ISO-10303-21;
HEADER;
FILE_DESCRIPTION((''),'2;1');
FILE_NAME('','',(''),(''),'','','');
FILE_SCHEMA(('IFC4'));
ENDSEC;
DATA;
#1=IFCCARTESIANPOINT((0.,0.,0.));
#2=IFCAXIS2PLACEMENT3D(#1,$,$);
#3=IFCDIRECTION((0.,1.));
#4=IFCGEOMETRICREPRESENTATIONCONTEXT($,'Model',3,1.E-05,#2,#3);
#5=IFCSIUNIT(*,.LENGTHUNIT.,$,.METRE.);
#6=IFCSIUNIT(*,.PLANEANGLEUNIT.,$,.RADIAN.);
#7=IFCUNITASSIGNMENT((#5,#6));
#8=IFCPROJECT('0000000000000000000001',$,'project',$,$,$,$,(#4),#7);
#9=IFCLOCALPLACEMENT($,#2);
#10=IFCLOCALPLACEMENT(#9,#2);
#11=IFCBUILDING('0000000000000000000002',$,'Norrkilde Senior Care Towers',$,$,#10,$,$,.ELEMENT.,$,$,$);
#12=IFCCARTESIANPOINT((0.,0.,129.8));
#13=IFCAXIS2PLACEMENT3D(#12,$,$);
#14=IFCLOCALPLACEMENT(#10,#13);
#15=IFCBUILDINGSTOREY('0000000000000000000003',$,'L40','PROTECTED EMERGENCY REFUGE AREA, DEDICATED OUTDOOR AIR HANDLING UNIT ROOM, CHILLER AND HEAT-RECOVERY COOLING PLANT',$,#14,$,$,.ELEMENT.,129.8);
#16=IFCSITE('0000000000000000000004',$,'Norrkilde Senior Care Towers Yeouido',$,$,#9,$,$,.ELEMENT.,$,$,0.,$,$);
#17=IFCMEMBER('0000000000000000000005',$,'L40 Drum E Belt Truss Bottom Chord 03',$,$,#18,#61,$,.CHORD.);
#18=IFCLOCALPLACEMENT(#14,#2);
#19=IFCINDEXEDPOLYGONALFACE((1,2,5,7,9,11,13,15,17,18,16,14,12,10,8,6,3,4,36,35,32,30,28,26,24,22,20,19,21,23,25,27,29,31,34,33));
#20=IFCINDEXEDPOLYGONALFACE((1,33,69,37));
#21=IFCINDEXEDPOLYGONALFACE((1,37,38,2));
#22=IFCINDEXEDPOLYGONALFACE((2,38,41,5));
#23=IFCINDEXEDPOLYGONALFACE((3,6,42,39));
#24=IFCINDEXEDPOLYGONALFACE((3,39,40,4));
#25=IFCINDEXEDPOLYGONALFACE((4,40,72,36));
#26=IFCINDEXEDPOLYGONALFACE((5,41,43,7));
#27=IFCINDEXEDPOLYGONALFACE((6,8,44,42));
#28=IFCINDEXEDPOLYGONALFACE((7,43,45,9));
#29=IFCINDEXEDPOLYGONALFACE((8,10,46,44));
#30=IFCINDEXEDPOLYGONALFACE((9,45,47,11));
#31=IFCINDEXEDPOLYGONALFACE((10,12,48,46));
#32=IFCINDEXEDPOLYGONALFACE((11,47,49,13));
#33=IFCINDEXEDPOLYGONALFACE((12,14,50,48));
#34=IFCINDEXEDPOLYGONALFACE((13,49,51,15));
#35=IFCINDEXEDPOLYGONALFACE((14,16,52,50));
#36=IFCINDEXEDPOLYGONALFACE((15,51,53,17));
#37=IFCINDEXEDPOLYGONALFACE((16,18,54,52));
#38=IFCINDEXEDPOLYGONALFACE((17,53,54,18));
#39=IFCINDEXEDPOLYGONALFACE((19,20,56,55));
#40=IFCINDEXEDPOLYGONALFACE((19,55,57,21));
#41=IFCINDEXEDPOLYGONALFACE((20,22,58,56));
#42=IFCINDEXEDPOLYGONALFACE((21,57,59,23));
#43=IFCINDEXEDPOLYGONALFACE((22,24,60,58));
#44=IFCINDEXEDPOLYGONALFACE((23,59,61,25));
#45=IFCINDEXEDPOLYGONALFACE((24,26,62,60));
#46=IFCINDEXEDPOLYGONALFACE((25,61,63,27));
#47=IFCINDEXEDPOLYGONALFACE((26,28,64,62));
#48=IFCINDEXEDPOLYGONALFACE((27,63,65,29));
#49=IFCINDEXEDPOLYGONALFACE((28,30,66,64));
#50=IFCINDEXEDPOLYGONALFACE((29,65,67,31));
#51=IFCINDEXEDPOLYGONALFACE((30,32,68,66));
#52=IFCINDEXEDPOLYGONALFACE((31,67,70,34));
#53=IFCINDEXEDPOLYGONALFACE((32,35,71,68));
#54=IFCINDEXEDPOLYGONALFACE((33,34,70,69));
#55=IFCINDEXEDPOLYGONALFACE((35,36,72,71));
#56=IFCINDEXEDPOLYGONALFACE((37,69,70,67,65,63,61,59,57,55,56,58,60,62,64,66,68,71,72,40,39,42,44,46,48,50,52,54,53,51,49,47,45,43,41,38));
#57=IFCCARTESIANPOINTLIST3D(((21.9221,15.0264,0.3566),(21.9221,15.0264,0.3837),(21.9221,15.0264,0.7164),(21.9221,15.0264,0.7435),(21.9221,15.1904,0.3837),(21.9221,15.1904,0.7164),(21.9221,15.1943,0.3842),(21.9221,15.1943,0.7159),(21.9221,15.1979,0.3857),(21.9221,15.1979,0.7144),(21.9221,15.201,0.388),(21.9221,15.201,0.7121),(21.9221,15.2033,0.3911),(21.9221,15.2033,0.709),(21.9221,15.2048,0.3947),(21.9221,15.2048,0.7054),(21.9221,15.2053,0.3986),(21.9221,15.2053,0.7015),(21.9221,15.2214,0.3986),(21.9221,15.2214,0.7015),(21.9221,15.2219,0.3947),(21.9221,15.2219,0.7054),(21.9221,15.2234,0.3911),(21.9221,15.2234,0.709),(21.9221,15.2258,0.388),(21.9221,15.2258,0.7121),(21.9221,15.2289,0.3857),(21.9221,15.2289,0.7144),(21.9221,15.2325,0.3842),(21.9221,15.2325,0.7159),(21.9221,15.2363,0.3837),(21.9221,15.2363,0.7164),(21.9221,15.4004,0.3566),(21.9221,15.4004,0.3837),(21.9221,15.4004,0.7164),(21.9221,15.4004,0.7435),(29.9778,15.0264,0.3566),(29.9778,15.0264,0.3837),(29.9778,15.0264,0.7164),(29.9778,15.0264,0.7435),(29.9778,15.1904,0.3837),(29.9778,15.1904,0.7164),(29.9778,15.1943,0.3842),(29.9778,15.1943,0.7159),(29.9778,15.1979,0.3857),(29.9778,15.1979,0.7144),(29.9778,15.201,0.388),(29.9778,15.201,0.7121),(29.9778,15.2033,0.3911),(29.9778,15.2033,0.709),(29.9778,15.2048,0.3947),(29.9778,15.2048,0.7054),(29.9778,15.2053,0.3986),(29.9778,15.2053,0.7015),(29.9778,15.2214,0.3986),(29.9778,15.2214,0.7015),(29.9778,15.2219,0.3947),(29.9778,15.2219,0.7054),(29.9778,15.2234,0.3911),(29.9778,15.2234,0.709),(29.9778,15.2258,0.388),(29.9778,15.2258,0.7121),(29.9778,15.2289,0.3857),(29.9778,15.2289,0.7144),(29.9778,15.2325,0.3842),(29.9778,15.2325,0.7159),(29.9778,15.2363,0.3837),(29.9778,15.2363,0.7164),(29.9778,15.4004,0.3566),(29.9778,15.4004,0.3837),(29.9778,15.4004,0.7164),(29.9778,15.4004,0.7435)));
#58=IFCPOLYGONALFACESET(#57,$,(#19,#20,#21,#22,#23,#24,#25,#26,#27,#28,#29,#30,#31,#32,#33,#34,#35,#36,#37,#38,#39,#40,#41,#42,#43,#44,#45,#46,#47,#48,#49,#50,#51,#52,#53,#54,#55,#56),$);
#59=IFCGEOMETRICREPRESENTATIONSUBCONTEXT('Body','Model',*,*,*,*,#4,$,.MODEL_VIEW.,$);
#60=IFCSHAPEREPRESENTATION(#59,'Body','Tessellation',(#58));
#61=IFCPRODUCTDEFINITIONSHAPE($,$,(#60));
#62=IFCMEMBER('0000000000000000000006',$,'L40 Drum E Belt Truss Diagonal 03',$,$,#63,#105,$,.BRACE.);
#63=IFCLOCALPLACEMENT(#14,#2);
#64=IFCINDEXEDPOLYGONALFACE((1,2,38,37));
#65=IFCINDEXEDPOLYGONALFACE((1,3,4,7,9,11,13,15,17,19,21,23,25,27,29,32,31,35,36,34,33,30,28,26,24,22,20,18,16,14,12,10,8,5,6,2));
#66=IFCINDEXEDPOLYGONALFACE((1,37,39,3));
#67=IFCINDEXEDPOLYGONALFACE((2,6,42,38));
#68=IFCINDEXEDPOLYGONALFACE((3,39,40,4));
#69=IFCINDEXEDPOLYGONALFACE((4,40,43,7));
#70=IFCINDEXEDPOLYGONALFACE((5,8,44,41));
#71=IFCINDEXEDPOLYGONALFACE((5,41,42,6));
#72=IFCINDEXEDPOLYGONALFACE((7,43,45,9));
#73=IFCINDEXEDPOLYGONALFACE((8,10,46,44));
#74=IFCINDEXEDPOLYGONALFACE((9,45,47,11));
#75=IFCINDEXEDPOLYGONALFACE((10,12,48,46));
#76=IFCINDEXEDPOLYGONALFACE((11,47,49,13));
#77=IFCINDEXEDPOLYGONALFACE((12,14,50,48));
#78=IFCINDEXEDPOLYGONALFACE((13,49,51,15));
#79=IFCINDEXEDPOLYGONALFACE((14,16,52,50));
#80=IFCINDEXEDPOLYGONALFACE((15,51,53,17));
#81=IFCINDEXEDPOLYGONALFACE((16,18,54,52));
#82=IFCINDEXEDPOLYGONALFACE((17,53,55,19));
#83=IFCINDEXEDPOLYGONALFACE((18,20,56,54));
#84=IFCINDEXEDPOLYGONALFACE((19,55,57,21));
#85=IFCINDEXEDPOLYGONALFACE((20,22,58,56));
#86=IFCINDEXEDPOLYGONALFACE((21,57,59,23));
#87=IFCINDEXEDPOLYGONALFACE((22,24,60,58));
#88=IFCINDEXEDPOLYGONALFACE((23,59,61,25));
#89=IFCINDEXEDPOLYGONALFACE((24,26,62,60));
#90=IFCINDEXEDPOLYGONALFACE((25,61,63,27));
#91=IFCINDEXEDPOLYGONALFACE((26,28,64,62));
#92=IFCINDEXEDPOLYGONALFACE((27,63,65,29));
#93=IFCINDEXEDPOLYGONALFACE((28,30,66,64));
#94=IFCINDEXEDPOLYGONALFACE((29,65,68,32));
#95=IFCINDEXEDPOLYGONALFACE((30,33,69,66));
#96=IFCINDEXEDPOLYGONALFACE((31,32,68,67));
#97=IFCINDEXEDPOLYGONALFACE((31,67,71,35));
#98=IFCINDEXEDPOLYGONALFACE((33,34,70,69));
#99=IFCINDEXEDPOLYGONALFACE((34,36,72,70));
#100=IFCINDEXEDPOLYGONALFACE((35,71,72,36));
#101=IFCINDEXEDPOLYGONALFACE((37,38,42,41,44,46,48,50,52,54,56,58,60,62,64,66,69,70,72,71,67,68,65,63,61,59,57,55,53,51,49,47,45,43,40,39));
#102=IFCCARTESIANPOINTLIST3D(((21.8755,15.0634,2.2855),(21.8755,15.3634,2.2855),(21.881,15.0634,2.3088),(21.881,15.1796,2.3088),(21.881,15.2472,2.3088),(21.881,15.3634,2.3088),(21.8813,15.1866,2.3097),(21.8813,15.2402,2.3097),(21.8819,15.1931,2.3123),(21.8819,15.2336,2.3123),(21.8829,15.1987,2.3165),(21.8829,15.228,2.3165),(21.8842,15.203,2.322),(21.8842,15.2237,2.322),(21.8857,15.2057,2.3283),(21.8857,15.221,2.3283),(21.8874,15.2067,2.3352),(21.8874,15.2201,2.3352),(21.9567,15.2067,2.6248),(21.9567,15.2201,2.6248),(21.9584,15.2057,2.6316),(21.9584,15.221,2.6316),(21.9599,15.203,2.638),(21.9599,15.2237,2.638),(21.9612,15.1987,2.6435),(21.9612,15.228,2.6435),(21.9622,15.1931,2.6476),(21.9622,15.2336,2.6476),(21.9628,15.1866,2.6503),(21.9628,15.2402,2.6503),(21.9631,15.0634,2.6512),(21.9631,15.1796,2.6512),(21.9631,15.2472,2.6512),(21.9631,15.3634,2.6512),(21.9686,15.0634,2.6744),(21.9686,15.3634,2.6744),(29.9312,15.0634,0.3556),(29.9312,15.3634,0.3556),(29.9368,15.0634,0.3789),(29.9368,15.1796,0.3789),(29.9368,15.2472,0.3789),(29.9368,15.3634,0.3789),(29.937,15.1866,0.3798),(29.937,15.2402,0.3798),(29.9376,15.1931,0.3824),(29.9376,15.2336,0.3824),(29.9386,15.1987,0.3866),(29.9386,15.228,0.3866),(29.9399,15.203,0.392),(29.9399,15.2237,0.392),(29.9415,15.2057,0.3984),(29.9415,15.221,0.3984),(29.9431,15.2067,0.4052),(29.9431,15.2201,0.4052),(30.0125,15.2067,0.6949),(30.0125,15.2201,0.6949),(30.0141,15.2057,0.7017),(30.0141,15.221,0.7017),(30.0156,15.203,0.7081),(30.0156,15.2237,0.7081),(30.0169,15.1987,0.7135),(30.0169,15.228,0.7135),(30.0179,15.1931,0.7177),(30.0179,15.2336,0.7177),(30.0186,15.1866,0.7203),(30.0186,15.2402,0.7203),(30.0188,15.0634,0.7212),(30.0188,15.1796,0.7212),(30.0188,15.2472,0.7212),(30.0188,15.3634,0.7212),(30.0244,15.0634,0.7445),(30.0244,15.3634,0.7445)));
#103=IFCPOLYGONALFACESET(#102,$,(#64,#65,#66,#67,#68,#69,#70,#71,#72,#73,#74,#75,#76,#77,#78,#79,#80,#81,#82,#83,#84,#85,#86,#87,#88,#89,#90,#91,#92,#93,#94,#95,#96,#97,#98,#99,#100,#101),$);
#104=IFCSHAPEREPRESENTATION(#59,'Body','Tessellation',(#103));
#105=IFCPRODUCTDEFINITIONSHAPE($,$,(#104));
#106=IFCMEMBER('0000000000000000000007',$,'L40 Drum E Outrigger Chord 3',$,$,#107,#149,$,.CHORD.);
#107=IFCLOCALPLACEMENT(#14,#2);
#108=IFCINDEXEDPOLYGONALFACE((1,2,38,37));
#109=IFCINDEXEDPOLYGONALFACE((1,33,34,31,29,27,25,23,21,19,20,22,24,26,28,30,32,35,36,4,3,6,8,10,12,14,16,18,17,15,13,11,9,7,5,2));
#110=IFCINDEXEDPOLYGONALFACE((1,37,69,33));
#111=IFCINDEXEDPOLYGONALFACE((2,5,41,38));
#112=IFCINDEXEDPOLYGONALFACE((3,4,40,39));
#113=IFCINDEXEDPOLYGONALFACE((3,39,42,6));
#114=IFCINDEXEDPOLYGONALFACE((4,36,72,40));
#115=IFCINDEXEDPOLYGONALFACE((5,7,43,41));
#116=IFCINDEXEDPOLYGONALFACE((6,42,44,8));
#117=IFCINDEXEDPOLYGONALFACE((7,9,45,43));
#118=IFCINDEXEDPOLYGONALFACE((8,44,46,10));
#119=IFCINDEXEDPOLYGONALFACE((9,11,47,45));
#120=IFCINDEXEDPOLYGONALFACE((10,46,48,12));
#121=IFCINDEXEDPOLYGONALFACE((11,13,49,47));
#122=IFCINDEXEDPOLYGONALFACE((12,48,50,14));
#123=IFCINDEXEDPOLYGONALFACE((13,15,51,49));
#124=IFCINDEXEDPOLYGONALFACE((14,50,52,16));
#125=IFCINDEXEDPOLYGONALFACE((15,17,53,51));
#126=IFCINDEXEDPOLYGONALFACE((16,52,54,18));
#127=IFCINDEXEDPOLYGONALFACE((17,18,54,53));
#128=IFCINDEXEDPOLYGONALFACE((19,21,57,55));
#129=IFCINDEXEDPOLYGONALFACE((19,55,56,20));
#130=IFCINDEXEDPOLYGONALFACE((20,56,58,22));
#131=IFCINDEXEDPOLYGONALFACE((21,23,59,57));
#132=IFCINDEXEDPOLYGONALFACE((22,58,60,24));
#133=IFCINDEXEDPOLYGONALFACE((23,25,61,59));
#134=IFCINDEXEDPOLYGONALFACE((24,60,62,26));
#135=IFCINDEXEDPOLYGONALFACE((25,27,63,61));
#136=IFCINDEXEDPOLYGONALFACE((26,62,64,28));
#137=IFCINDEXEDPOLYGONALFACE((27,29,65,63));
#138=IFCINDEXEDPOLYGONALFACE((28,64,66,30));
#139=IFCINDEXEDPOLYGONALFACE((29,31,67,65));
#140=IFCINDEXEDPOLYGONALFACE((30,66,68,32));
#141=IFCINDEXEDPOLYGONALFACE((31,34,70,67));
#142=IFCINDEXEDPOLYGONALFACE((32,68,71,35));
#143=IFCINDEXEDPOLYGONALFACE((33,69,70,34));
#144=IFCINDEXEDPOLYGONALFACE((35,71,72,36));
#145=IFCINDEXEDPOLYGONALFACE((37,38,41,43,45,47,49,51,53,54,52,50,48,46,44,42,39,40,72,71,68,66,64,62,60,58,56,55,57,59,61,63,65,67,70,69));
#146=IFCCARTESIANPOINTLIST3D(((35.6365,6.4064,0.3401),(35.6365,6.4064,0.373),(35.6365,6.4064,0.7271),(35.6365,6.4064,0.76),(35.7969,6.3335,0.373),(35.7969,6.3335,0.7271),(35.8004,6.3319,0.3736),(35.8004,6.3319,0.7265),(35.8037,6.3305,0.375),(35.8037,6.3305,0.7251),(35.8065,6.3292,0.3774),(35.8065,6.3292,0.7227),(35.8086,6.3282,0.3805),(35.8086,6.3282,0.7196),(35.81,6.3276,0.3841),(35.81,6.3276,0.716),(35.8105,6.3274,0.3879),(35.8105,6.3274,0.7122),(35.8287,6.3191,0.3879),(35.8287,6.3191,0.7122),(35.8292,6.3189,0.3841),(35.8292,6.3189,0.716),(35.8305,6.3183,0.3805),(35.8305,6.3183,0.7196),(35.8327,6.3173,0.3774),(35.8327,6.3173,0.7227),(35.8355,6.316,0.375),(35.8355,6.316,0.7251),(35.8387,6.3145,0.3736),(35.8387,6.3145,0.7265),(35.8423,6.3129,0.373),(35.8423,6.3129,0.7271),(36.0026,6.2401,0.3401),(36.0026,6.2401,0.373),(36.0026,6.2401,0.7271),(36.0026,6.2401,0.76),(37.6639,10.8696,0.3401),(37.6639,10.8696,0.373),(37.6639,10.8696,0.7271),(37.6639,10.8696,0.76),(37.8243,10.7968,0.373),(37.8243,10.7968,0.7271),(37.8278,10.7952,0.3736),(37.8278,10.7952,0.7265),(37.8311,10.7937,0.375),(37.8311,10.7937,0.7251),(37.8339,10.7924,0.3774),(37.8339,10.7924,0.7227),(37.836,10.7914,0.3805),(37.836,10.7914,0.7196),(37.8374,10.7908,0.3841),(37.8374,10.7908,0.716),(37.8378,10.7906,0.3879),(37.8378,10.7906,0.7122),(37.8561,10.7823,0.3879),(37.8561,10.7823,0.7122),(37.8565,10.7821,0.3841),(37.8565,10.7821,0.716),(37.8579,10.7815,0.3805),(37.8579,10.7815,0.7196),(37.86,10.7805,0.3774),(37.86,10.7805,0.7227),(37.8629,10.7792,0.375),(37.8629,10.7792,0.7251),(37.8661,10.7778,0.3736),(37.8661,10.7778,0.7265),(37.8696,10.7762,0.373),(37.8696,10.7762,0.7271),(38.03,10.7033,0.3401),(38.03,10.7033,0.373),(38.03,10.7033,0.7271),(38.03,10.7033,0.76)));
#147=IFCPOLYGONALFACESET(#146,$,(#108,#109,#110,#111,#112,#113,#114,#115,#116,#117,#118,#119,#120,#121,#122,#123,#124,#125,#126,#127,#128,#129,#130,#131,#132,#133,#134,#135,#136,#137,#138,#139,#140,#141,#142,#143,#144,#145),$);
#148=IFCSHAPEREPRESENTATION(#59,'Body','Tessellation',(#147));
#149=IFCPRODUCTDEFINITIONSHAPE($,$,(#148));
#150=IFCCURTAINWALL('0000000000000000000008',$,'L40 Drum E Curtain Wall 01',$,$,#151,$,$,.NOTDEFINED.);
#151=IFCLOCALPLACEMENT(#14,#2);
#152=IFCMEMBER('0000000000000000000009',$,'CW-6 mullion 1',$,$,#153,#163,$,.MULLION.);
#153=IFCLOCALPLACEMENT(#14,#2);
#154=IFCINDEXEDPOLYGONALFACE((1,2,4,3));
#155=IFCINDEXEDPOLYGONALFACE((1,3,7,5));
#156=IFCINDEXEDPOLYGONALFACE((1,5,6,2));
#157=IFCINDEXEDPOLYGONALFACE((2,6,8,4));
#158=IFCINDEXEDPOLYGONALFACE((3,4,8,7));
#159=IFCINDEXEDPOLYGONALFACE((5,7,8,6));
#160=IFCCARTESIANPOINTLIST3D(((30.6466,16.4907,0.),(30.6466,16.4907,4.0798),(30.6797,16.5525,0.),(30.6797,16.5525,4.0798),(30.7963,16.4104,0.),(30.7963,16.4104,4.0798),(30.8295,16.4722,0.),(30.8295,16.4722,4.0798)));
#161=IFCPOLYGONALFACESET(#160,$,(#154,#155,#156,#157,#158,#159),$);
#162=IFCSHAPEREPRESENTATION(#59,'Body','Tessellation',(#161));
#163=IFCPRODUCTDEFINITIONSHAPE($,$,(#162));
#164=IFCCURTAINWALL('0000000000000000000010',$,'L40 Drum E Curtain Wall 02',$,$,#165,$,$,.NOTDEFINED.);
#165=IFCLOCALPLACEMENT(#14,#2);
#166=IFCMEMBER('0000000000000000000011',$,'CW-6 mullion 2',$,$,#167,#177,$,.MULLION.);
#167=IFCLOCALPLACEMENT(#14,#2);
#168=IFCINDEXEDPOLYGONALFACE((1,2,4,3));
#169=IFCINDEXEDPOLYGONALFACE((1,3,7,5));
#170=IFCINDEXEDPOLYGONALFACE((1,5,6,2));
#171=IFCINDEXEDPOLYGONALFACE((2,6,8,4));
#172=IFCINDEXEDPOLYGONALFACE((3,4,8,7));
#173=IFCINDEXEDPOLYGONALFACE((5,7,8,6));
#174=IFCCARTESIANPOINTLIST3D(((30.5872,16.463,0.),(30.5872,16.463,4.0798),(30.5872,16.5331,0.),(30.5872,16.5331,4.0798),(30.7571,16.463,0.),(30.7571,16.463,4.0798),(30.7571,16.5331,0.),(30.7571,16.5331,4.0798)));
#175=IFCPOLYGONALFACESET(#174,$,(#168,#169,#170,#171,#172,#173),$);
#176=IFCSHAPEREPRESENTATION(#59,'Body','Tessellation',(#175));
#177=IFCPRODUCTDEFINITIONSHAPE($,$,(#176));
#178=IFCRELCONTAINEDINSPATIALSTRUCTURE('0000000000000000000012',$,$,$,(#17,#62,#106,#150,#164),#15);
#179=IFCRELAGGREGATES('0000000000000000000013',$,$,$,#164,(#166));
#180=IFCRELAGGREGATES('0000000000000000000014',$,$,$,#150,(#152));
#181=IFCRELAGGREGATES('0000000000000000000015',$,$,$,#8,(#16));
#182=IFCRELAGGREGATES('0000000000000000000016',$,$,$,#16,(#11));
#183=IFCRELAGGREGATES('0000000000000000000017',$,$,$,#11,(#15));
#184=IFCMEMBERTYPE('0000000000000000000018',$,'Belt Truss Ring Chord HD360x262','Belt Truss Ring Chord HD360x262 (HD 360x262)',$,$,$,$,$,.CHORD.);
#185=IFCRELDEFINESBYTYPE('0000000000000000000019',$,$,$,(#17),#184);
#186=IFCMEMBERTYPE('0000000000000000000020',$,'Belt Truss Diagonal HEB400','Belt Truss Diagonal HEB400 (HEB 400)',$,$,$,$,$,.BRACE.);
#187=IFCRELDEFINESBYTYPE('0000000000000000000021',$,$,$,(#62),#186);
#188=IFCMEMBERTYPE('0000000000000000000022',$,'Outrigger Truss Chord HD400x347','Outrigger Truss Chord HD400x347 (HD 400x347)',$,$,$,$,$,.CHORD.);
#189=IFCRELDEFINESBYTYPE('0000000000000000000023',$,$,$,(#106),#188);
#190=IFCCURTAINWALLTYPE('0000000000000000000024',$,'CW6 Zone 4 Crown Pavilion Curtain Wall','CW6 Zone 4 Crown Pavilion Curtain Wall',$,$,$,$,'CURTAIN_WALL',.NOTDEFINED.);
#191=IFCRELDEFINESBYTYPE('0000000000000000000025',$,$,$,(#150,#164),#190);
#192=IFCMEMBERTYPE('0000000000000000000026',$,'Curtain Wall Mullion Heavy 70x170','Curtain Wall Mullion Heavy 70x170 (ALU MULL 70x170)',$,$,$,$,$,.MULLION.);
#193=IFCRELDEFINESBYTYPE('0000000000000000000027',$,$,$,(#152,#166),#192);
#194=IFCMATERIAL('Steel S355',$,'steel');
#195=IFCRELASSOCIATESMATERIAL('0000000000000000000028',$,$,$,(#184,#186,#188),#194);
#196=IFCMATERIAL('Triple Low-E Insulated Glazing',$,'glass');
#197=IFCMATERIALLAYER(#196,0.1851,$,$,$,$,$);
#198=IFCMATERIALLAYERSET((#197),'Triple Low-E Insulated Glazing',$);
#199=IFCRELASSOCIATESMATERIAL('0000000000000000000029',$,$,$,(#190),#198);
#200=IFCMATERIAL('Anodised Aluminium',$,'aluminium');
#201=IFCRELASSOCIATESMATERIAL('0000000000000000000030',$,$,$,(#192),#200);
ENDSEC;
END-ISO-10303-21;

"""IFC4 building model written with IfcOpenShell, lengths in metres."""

from ifc_helpers import new_model, si_unit, direction, frame, origin, origin_2d, place, context, subcontext, project, spatial, rectangle, i_section, extrude, source, transform, mapped, material, layer, layer_set, material_profile, profile_set, type_object, type_shapes, element, aggregate, save


model = new_model("IFC4")

# Units and contexts
model_context = context("Model", 3, precision=1e-05, world=origin(), true_north=direction((0.0, 1.0)))
body_context = subcontext(model_context, "Body", "Model", "MODEL_VIEW")
ifc_project = project(units=[si_unit("LENGTHUNIT", "METRE"), si_unit("PLANEANGLEUNIT", "RADIAN")], contexts=[model_context])

# Site, building, storey
site_placement = place(None, origin())
site = spatial("IfcSite", under=ifc_project, at=site_placement, Name="Norrkilde Senior Care Towers Yeouido", CompositionType="ELEMENT", RefElevation=0.0)
building_placement = place(site_placement, origin())
building = spatial("IfcBuilding", under=site, at=building_placement, Name="Norrkilde Senior Care Towers", CompositionType="ELEMENT")
storey_placement = place(building_placement, frame((0.0, 0.0, 129.8)))
storey = spatial("IfcBuildingStorey", under=building, at=storey_placement, Name="L40", Description="PROTECTED EMERGENCY REFUGE AREA, DEDICATED OUTDOOR AIR HANDLING UNIT ROOM, CHILLER AND HEAT-RECOVERY COOLING PLANT", CompositionType="ELEMENT", Elevation=129.8)

# Shared definitions
ifc_material_1 = material(Name="Steel S355", Category="steel")

# Members
ifc_material_profile_1 = material_profile(ifc_material_1, i_section(OverallWidth=0.374, OverallDepth=0.387, WebThickness=0.0161, FlangeThickness=0.0271, FilletRadius=0.0149, at=origin_2d()), Name="HD 360x262")
ifc_profile_set_1 = profile_set([ifc_material_profile_1], Name="Steel S355")
member_type_1 = type_object("IfcMemberType", Name="Belt Truss Ring Chord HD360x262", Description="Belt Truss Ring Chord HD360x262 (HD 360x262)", PredefinedType="CHORD", material=ifc_profile_set_1)
shared_shape_1 = source(origin(), body_context, "Body", "SweptSolid", [
    extrude(i_section(OverallWidth=0.374, OverallDepth=0.387, WebThickness=0.0161, FlangeThickness=0.0271, FilletRadius=0.0149, at=origin_2d()), origin(), (0.0, 0.0, 1.0), 8.0557),
])
type_shapes(member_type_1, [shared_shape_1])
member_1_placement = place(storey_placement, frame((29.9778, 15.2134, 0.55), z_axis=(-1.0, 0.0, 0.0), x_axis=(0.0, -1.0, 0.0)))
element("IfcMember", 1, at=member_1_placement, inside=storey, type_object=member_type_1, Name="L40 Drum E Belt Truss Bottom Chord 03", PredefinedType="CHORD", context=body_context, shape_type="MappedRepresentation", body=[
    mapped(shared_shape_1, transform((0.0, 0.0, 0.0), x_axis=(1.0, 0.0, 0.0), y_axis=(0.0, 1.0, 0.0), z_axis=(0.0, 0.0, 1.0), scale=1.0)),
])
ifc_material_profile_2 = material_profile(ifc_material_1, i_section(OverallWidth=0.3, OverallDepth=0.3999, WebThickness=0.0134, FlangeThickness=0.0239, FilletRadius=0.0271, at=origin_2d()), Name="HEB 400")
ifc_profile_set_2 = profile_set([ifc_material_profile_2], Name="Steel S355")
member_type_2 = type_object("IfcMemberType", Name="Belt Truss Diagonal HEB400", Description="Belt Truss Diagonal HEB400 (HEB 400)", PredefinedType="BRACE", material=ifc_profile_set_2)
shared_shape_2 = source(origin(), body_context, "Body", "SweptSolid", [
    extrude(i_section(OverallWidth=0.3, OverallDepth=0.3999, WebThickness=0.0134, FlangeThickness=0.0239, FilletRadius=0.0271, at=origin_2d()), origin(), (0.0, 0.0, 1.0), 8.2837),
])
type_shapes(member_type_2, [shared_shape_2])
member_2_placement = place(storey_placement, frame((29.9778, 15.2134, 0.55), z_axis=(-0.972481, 0.0, 0.232982), x_axis=(0.0, -1.0, 0.0)))
element("IfcMember", 2, at=member_2_placement, inside=storey, type_object=member_type_2, Name="L40 Drum E Belt Truss Diagonal 03", PredefinedType="BRACE", context=body_context, shape_type="MappedRepresentation", body=[
    mapped(shared_shape_2, transform((0.0, 0.0, 0.0), x_axis=(1.0, 0.0, 0.0), y_axis=(0.0, 1.0, 0.0), z_axis=(0.0, 0.0, 1.0), scale=1.0)),
])
ifc_material_profile_3 = material_profile(ifc_material_1, i_section(OverallWidth=0.4021, OverallDepth=0.4199, WebThickness=0.02, FlangeThickness=0.033, FilletRadius=0.0149, at=origin_2d()), Name="HD 400x347")
ifc_profile_set_3 = profile_set([ifc_material_profile_3], Name="Steel S355")
member_type_3 = type_object("IfcMemberType", Name="Outrigger Truss Chord HD400x347", Description="Outrigger Truss Chord HD400x347 (HD 400x347)", PredefinedType="CHORD", material=ifc_profile_set_3)
shared_shape_3 = source(origin(), body_context, "Body", "SweptSolid", [
    extrude(i_section(OverallWidth=0.4021, OverallDepth=0.4199, WebThickness=0.02, FlangeThickness=0.033, FilletRadius=0.0149, at=origin_2d()), origin(), (0.0, 0.0, 1.0), 4.9021),
])
type_shapes(member_type_3, [shared_shape_3])
member_3_placement = place(storey_placement, frame((35.8196, 6.3232, 0.55), z_axis=(0.413574, 0.91047, 0.0), x_axis=(-0.91047, 0.413574, 0.0)))
element("IfcMember", 3, at=member_3_placement, inside=storey, type_object=member_type_3, Name="L40 Drum E Outrigger Chord 3", PredefinedType="CHORD", context=body_context, shape_type="MappedRepresentation", body=[
    mapped(shared_shape_3, transform((0.0, 0.0, 0.0), x_axis=(1.0, 0.0, 0.0), y_axis=(0.0, 1.0, 0.0), z_axis=(0.0, 0.0, 1.0), scale=1.0)),
])

# Curtain walls, members
ifc_material_2 = material(Name="Triple Low-E Insulated Glazing", Category="glass")
ifc_layer_1 = layer(ifc_material_2, 0.1851)
ifc_layer_set_1 = layer_set([ifc_layer_1], Name="Triple Low-E Insulated Glazing")
curtain_wall_type = type_object("IfcCurtainWallType", Name="CW6 Zone 4 Crown Pavilion Curtain Wall", Description="CW6 Zone 4 Crown Pavilion Curtain Wall", ElementType="CURTAIN_WALL", PredefinedType="NOTDEFINED", material=ifc_layer_set_1)
curtain_wall_1_placement = place(storey_placement, origin())
curtain_wall_1 = element("IfcCurtainWall", 4, at=curtain_wall_1_placement, inside=storey, type_object=curtain_wall_type, Name="L40 Drum E Curtain Wall 01", PredefinedType="NOTDEFINED")
ifc_material_3 = material(Name="Anodised Aluminium", Category="aluminium")
ifc_material_profile_4 = material_profile(ifc_material_3, rectangle(XDim=0.0701, YDim=0.1699, at=origin_2d()), Name="ALU MULL 70x170")
ifc_profile_set_4 = profile_set([ifc_material_profile_4], Name="Anodised Aluminium")
member_type_4 = type_object("IfcMemberType", Name="Curtain Wall Mullion Heavy 70x170", Description="Curtain Wall Mullion Heavy 70x170 (ALU MULL 70x170)", PredefinedType="MULLION", material=ifc_profile_set_4)
shared_shape_4 = source(origin(), body_context, "Body", "SweptSolid", [
    extrude(rectangle(XDim=0.0701, YDim=0.1699, at=origin_2d()), origin(), (0.0, 0.0, 1.0), 4.0798),
])
type_shapes(member_type_4, [shared_shape_4])
member_4_placement = place(storey_placement, frame((30.738, 16.4814, 0.0), z_axis=(0.0, 0.0, 1.0), x_axis=(0.472769, 0.881186, 0.0)))
member_4 = element("IfcMember", 5, at=member_4_placement, type_object=member_type_4, Name="CW-6 mullion 1", PredefinedType="MULLION", context=body_context, shape_type="MappedRepresentation", body=[
    mapped(shared_shape_4, transform((0.0, 0.0, 0.0), x_axis=(1.0, 0.0, 0.0), y_axis=(0.0, 1.0, 0.0), z_axis=(0.0, 0.0, 1.0), scale=1.0)),
])
curtain_wall_2_placement = place(storey_placement, origin())
curtain_wall_2 = element("IfcCurtainWall", 6, at=curtain_wall_2_placement, inside=storey, type_object=curtain_wall_type, Name="L40 Drum E Curtain Wall 02", PredefinedType="NOTDEFINED")
member_5_placement = place(storey_placement, frame((30.6721, 16.498, 0.0), z_axis=(0.0, 0.0, 1.0), x_axis=(0.0, 1.0, 0.0)))
member_5 = element("IfcMember", 7, at=member_5_placement, type_object=member_type_4, Name="CW-6 mullion 2", PredefinedType="MULLION", context=body_context, shape_type="MappedRepresentation", body=[
    mapped(shared_shape_4, transform((0.0, 0.0, 0.0), x_axis=(1.0, 0.0, 0.0), y_axis=(0.0, 1.0, 0.0), z_axis=(0.0, 0.0, 1.0), scale=1.0)),
])
aggregate(curtain_wall_2, [member_5])

aggregate(curtain_wall_1, [member_4])

save(model, "model.ifc")
